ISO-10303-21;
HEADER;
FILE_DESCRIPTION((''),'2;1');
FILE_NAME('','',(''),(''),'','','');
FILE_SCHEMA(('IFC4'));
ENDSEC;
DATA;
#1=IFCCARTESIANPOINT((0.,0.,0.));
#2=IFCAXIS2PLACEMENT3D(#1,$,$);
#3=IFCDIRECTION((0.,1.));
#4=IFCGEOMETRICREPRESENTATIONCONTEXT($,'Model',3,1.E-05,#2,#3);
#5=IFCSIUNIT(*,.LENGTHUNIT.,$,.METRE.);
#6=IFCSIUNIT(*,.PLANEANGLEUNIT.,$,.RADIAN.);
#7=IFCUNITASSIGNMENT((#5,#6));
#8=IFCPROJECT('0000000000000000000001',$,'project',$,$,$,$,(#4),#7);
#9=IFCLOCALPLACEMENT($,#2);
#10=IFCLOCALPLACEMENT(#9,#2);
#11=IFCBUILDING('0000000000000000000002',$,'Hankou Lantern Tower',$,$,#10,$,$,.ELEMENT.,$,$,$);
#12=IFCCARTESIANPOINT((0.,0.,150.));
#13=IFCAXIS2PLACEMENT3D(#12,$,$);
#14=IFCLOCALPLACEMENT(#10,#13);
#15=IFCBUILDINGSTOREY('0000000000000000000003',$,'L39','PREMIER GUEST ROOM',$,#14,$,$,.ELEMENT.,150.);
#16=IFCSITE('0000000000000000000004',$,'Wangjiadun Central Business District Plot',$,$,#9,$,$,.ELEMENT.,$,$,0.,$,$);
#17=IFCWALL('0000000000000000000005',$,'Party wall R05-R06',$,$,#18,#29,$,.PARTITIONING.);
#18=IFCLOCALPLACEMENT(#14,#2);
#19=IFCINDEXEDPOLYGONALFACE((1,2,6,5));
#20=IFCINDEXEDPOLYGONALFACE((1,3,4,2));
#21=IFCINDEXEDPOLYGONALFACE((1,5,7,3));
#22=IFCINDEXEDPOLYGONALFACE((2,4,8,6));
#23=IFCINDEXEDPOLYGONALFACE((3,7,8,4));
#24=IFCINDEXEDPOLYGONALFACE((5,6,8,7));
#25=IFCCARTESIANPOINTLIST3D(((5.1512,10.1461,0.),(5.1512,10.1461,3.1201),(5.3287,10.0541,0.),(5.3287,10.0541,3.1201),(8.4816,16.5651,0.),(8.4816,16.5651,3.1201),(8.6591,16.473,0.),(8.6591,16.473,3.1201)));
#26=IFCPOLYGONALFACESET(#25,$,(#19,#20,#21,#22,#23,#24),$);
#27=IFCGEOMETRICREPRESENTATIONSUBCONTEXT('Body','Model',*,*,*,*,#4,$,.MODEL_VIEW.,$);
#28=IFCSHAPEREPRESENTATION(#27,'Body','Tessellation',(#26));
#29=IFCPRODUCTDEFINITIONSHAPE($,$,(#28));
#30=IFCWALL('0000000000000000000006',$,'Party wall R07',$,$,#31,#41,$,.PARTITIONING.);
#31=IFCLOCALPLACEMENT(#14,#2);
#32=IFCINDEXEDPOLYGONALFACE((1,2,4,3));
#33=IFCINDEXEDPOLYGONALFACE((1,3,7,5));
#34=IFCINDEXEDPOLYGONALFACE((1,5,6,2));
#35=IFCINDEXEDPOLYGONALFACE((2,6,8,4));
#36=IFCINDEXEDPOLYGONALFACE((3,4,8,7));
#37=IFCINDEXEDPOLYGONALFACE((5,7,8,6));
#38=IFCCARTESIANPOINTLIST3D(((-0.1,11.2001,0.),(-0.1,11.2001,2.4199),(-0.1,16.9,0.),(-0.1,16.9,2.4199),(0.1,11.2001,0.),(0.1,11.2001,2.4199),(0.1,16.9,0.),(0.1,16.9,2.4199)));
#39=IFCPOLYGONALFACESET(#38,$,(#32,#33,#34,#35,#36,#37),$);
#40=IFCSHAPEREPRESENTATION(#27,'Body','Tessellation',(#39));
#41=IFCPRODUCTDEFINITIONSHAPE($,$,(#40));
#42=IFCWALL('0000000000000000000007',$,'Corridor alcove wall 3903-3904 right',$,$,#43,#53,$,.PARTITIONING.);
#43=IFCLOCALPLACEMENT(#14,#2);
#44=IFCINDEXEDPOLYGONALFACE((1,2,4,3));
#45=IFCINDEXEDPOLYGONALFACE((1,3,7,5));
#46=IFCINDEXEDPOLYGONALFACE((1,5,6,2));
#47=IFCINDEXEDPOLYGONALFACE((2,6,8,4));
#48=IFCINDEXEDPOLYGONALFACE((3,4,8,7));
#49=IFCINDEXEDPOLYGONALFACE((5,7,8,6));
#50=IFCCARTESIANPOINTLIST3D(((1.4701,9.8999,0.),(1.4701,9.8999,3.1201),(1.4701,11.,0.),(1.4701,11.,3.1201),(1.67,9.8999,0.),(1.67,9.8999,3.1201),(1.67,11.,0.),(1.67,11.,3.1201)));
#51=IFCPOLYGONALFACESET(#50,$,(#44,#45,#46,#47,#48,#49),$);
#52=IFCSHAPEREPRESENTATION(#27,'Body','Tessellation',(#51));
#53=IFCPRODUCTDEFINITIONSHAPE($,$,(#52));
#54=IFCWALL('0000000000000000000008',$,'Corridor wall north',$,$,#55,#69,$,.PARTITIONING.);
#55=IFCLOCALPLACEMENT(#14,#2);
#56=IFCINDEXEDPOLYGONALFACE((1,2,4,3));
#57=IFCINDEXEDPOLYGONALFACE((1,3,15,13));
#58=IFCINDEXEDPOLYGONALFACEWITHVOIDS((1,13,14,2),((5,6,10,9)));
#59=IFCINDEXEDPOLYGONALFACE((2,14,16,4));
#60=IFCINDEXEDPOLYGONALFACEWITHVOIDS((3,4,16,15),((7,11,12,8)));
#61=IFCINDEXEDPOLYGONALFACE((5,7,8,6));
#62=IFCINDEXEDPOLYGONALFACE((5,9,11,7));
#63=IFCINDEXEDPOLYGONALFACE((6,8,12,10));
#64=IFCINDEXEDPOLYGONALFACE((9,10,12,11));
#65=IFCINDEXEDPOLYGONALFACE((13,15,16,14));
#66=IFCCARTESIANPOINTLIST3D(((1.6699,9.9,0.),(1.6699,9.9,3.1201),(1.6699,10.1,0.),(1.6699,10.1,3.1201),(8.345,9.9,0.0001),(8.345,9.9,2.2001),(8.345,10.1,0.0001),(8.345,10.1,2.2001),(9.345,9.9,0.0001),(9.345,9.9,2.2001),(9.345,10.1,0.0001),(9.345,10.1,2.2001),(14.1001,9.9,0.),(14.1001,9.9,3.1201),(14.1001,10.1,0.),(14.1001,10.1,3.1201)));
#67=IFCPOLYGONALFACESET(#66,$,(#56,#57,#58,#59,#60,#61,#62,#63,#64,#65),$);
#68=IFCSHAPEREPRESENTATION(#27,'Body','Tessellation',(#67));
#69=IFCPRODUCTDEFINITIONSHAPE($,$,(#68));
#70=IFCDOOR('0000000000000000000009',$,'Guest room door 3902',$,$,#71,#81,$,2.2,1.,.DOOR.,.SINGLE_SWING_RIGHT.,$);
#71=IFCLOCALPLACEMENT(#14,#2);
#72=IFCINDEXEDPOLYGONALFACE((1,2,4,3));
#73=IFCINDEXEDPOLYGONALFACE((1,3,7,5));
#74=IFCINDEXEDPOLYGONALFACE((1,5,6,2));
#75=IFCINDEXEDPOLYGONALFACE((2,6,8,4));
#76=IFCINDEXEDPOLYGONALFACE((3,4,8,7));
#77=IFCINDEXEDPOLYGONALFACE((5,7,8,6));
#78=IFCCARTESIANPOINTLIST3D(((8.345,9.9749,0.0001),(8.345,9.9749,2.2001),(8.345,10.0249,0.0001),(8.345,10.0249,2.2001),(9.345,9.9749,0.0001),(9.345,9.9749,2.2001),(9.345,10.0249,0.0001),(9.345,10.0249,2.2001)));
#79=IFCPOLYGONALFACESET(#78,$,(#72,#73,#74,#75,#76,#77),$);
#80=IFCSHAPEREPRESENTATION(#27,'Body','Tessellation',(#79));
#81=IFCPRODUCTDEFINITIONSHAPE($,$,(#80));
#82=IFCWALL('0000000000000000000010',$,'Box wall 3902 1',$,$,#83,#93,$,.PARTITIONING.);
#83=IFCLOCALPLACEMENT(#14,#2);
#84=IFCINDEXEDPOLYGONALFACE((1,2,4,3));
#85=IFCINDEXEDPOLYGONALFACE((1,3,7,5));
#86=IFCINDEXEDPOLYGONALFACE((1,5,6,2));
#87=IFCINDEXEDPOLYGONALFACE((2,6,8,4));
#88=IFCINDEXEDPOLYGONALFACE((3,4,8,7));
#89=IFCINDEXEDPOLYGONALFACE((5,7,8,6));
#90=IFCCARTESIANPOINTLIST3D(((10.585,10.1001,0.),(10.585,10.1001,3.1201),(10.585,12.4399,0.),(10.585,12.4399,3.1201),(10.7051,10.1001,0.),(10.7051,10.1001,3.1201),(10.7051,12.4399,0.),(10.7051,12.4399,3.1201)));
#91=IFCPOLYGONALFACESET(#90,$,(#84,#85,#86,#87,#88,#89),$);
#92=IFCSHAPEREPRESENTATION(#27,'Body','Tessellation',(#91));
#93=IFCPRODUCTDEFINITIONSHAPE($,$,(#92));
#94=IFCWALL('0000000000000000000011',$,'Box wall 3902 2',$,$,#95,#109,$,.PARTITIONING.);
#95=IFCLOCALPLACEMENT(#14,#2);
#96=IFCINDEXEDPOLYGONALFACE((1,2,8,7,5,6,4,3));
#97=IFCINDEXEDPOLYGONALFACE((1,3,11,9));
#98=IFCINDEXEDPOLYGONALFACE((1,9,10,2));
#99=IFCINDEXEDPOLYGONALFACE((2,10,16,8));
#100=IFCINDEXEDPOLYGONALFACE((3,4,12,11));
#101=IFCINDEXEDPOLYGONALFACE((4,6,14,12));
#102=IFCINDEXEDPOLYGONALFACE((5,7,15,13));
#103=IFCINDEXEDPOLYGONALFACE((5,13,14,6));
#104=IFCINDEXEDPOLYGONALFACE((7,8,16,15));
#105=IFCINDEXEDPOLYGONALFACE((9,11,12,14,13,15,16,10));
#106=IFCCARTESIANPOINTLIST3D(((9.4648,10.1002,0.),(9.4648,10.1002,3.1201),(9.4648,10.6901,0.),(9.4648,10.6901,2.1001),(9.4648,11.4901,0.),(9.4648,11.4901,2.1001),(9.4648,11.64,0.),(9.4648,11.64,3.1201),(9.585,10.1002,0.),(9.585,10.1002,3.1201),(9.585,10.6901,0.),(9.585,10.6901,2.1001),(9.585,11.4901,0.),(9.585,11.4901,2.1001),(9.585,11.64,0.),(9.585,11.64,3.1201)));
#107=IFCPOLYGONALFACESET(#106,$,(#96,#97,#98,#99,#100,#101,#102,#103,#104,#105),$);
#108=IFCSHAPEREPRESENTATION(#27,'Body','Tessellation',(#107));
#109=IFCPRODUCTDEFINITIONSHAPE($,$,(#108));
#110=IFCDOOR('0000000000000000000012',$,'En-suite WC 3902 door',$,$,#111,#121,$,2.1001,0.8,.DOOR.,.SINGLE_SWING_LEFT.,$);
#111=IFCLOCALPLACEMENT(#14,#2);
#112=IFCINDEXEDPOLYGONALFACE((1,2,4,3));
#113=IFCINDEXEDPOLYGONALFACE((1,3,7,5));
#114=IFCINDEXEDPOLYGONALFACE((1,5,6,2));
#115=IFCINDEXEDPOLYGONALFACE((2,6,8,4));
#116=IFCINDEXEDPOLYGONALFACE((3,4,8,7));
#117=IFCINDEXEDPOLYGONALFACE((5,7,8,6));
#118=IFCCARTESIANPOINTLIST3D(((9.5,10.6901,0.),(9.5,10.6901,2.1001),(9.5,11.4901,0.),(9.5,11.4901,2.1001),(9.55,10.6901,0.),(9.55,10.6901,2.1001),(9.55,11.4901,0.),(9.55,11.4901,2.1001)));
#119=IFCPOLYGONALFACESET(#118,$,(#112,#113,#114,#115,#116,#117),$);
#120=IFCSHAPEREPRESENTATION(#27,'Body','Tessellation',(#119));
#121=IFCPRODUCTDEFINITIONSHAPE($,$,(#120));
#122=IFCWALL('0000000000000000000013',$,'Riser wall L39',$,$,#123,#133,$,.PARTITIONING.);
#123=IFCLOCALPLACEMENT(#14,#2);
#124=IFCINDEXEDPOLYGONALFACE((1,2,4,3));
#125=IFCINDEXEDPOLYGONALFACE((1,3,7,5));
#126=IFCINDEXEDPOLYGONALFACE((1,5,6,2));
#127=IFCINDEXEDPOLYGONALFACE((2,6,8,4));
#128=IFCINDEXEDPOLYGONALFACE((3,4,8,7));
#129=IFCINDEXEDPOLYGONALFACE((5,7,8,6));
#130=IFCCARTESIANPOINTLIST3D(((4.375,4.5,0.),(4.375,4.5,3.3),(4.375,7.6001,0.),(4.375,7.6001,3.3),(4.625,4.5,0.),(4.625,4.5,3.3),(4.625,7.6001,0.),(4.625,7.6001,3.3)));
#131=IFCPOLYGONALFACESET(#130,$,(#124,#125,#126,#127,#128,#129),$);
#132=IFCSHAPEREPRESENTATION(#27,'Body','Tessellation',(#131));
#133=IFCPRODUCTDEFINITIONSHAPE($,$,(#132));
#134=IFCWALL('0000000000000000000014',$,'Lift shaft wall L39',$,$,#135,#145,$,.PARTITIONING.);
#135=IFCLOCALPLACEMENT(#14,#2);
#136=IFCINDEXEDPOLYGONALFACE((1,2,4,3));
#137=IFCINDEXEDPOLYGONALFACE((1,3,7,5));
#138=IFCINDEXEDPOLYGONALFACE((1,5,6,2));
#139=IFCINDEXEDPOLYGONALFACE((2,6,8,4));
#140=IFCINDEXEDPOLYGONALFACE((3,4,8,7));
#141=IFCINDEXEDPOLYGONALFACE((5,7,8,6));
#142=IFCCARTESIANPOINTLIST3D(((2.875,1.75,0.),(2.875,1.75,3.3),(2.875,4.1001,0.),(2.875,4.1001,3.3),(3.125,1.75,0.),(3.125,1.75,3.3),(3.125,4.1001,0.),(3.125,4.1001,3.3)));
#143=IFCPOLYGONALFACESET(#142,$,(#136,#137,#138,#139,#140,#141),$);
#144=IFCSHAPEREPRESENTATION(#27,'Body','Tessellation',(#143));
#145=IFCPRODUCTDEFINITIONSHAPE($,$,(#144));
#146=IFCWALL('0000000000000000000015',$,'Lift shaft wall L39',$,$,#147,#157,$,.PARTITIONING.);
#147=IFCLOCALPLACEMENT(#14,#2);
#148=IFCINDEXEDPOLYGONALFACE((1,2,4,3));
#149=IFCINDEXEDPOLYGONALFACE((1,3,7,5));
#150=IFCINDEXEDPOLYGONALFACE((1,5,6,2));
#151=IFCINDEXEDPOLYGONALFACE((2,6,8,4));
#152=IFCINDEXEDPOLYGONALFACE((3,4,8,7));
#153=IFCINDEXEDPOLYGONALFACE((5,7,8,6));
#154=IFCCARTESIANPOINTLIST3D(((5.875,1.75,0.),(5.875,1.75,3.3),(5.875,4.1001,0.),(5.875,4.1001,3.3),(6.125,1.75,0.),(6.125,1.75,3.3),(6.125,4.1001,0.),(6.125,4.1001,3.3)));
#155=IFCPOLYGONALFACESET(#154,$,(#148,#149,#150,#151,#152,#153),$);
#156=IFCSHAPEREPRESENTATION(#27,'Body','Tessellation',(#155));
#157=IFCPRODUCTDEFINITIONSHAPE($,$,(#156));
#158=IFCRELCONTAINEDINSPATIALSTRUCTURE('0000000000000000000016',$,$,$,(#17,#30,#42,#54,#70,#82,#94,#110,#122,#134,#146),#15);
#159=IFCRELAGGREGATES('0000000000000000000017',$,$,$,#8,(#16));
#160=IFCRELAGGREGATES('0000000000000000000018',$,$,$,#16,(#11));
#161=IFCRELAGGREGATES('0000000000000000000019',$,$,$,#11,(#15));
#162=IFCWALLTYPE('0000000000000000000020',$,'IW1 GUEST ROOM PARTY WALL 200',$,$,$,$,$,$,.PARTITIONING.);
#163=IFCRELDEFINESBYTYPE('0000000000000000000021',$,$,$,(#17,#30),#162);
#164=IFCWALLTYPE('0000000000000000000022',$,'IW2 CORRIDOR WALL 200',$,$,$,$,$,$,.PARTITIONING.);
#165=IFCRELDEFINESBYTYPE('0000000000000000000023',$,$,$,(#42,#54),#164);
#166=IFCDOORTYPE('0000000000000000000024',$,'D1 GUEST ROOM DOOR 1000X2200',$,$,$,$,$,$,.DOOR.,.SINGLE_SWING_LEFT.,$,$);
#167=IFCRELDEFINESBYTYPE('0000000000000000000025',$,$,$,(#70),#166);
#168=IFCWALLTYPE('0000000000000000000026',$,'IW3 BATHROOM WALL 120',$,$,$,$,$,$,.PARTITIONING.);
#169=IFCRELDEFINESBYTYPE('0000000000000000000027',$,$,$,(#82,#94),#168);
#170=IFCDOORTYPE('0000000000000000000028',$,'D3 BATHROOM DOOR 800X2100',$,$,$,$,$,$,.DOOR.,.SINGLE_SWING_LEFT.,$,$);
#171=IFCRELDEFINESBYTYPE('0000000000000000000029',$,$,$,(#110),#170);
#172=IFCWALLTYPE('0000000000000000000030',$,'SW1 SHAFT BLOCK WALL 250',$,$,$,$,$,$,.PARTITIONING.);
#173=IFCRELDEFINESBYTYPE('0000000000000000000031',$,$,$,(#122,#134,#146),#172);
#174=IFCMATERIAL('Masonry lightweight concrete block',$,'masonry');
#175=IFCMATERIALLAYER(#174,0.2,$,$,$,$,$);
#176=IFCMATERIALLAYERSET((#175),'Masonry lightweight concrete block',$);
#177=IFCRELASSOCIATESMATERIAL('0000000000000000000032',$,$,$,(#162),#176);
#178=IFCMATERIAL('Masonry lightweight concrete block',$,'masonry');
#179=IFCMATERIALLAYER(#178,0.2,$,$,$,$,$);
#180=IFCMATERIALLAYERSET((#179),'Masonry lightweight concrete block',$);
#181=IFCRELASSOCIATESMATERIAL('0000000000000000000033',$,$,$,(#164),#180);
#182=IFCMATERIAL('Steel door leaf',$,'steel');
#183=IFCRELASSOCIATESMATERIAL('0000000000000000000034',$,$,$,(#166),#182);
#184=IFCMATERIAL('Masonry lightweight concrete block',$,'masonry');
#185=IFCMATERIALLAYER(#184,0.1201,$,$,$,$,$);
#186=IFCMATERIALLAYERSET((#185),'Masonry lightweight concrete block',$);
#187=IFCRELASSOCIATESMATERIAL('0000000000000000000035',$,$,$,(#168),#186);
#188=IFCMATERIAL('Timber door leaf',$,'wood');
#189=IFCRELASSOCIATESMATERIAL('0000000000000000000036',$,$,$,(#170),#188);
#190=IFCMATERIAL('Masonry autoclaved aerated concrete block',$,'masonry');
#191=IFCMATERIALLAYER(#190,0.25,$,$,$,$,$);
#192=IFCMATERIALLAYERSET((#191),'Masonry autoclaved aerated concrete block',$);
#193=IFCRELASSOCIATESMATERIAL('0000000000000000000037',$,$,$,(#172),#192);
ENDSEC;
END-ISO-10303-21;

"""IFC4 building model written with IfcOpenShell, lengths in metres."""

from ifc_helpers import new_model, si_unit, direction, frame, frame_2d, origin, place, context, subcontext, project, spatial, rectangle, extrude, material, layer, layer_set, type_object, element, fill, save


model = new_model("IFC4")

# Units and contexts
model_context = context("Model", 3, precision=1e-05, world=origin(), true_north=direction((0.0, 1.0)))
body_context = subcontext(model_context, "Body", "Model", "MODEL_VIEW")
ifc_project = project(units=[si_unit("LENGTHUNIT", "METRE"), si_unit("PLANEANGLEUNIT", "RADIAN")], contexts=[model_context])

# Site, building, storey
site_placement = place(None, origin())
site = spatial("IfcSite", under=ifc_project, at=site_placement, Name="Wangjiadun Central Business District Plot", CompositionType="ELEMENT", RefElevation=0.0)
building_placement = place(site_placement, origin())
building = spatial("IfcBuilding", under=site, at=building_placement, Name="Hankou Lantern Tower", CompositionType="ELEMENT")
storey_placement = place(building_placement, frame((0.0, 0.0, 150.0)))
storey = spatial("IfcBuildingStorey", under=building, at=storey_placement, Name="L39", Description="PREMIER GUEST ROOM", CompositionType="ELEMENT", Elevation=150.0)

# Walls
ifc_material_1 = material(Name="Masonry lightweight concrete block", Category="masonry")
ifc_layer_1 = layer(ifc_material_1, 0.2)
ifc_layer_set_1 = layer_set([ifc_layer_1], Name="Masonry lightweight concrete block")
wall_type_1 = type_object("IfcWallType", Name="IW1 GUEST ROOM PARTY WALL 200", PredefinedType="PARTITIONING", material=ifc_layer_set_1)
wall_1_placement = place(storey_placement, frame((5.24, 10.1001, 0.0), z_axis=(0.0, 0.0, 1.0), x_axis=(0.460533, 0.887643, 0.0)))
element("IfcWall", 1, at=wall_1_placement, inside=storey, type_object=wall_type_1, Name="Party wall R05-R06", PredefinedType="PARTITIONING", context=body_context, shape_type="SweptSolid", body=[
    extrude(rectangle(XDim=7.2314, YDim=0.2, at=frame_2d((3.6157, 0.0))), origin(), (0.0, 0.0, 1.0), 3.1201),
])
wall_2_placement = place(storey_placement, frame((0.0, 11.2, 0.0), z_axis=(0.0, 0.0, 1.0), x_axis=(0.0, 1.0, 0.0)))
element("IfcWall", 2, at=wall_2_placement, inside=storey, type_object=wall_type_1, Name="Party wall R07", PredefinedType="PARTITIONING", context=body_context, shape_type="SweptSolid", body=[
    extrude(rectangle(XDim=5.7, YDim=0.2, at=frame_2d((2.8501, 0.0))), origin(), (0.0, 0.0, 1.0), 2.4199),
])
ifc_material_2 = material(Name="Masonry lightweight concrete block", Category="masonry")
ifc_layer_2 = layer(ifc_material_2, 0.2)
ifc_layer_set_2 = layer_set([ifc_layer_2], Name="Masonry lightweight concrete block")
wall_type_2 = type_object("IfcWallType", Name="IW2 CORRIDOR WALL 200", PredefinedType="PARTITIONING", material=ifc_layer_set_2)
wall_3_placement = place(storey_placement, frame((1.5701, 9.8999, 0.0), z_axis=(0.0, 0.0, 1.0), x_axis=(0.0, 1.0, 0.0)))
element("IfcWall", 3, at=wall_3_placement, inside=storey, type_object=wall_type_2, Name="Corridor alcove wall 3903-3904 right", PredefinedType="PARTITIONING", context=body_context, shape_type="SweptSolid", body=[
    extrude(rectangle(XDim=1.1001, YDim=0.2, at=frame_2d((0.55, 0.0))), origin(), (0.0, 0.0, 1.0), 3.1201),
])

# Wall, opening, door
wall_4_placement = place(storey_placement, frame((1.6699, 10.0, 0.0), z_axis=(0.0, 0.0, 1.0), x_axis=(1.0, 0.0, 0.0)))
wall_4 = element("IfcWall", 4, at=wall_4_placement, inside=storey, type_object=wall_type_2, Name="Corridor wall north", PredefinedType="PARTITIONING", context=body_context, shape_type="SweptSolid", body=[
    extrude(rectangle(XDim=12.4302, YDim=0.2, at=frame_2d((6.2151, 0.0))), origin(), (0.0, 0.0, 1.0), 3.1201),
])
opening_1_placement = place(wall_4_placement, frame((6.675, 0.0, 0.0)))
opening_1 = element("IfcOpeningElement", 5, at=opening_1_placement, cuts=wall_4, PredefinedType="OPENING", context=body_context, shape_type="SweptSolid", body=[
    extrude(rectangle(XDim=1.0, YDim=2.2, at=frame_2d((0.5, 1.1001))), frame((0.0, 0.1099, 0.0), z_axis=(0.0, -1.0, 0.0), x_axis=(1.0, 0.0, 0.0)), (0.0, 0.0, 1.0), 0.22),
])
ifc_material_3 = material(Name="Steel door leaf", Category="steel")
door_type_1 = type_object("IfcDoorType", Name="D1 GUEST ROOM DOOR 1000X2200", OperationType="SINGLE_SWING_LEFT", PredefinedType="DOOR", material=ifc_material_3)
door_1_placement = place(opening_1_placement, origin())
door_1 = element("IfcDoor", 6, at=door_1_placement, inside=storey, type_object=door_type_1, Name="Guest room door 3902", OperationType="SINGLE_SWING_RIGHT", OverallHeight=2.2, OverallWidth=1.0, PredefinedType="DOOR", context=body_context, shape_type="SweptSolid", body=[
    extrude(rectangle(XDim=1.0, YDim=2.2, at=frame_2d((0.5, 1.1001))), frame((0.0, 0.0249, 0.0), z_axis=(0.0, -1.0, 0.0), x_axis=(1.0, 0.0, 0.0)), (0.0, 0.0, 1.0), 0.05),
])
fill(opening_1, door_1)

# Wall
ifc_material_4 = material(Name="Masonry lightweight concrete block", Category="masonry")
ifc_layer_3 = layer(ifc_material_4, 0.1201)
ifc_layer_set_3 = layer_set([ifc_layer_3], Name="Masonry lightweight concrete block")
wall_type_3 = type_object("IfcWallType", Name="IW3 BATHROOM WALL 120", PredefinedType="PARTITIONING", material=ifc_layer_set_3)
wall_5_placement = place(storey_placement, frame((10.645, 10.1001, 0.0), z_axis=(0.0, 0.0, 1.0), x_axis=(0.0, 1.0, 0.0)))
element("IfcWall", 7, at=wall_5_placement, inside=storey, type_object=wall_type_3, Name="Box wall 3902 1", PredefinedType="PARTITIONING", context=body_context, shape_type="SweptSolid", body=[
    extrude(rectangle(XDim=2.3398, YDim=0.1201, at=frame_2d((1.1699, 0.0))), origin(), (0.0, 0.0, 1.0), 3.1201),
])

# Wall, opening, door
wall_6_placement = place(storey_placement, frame((9.5249, 10.1001, 0.0), z_axis=(0.0, 0.0, 1.0), x_axis=(0.0, 1.0, 0.0)))
wall_6 = element("IfcWall", 8, at=wall_6_placement, inside=storey, type_object=wall_type_3, Name="Box wall 3902 2", PredefinedType="PARTITIONING", context=body_context, shape_type="SweptSolid", body=[
    extrude(rectangle(XDim=1.5398, YDim=0.1201, at=frame_2d((0.77, 0.0))), origin(), (0.0, 0.0, 1.0), 3.1201),
])
opening_2_placement = place(wall_6_placement, frame((0.5901, 0.0, 0.0)))
opening_2 = element("IfcOpeningElement", 9, at=opening_2_placement, cuts=wall_6, PredefinedType="OPENING", context=body_context, shape_type="SweptSolid", body=[
    extrude(rectangle(XDim=0.8, YDim=2.1001, at=frame_2d((0.3999, 1.05))), frame((0.0, 0.0701, 0.0), z_axis=(0.0, -1.0, 0.0), x_axis=(1.0, 0.0, 0.0)), (0.0, 0.0, 1.0), 0.1401),
])
ifc_material_5 = material(Name="Timber door leaf", Category="wood")
door_type_2 = type_object("IfcDoorType", Name="D3 BATHROOM DOOR 800X2100", OperationType="SINGLE_SWING_LEFT", PredefinedType="DOOR", material=ifc_material_5)
door_2_placement = place(opening_2_placement, origin())
door_2 = element("IfcDoor", 10, at=door_2_placement, inside=storey, type_object=door_type_2, Name="En-suite WC 3902 door", OperationType="SINGLE_SWING_LEFT", OverallHeight=2.1001, OverallWidth=0.8, PredefinedType="DOOR", context=body_context, shape_type="SweptSolid", body=[
    extrude(rectangle(XDim=0.8, YDim=2.1001, at=frame_2d((0.3999, 1.05))), frame((0.0, 0.0249, 0.0), z_axis=(0.0, -1.0, 0.0), x_axis=(1.0, 0.0, 0.0)), (0.0, 0.0, 1.0), 0.05),
])
fill(opening_2, door_2)

# Walls
ifc_material_6 = material(Name="Masonry autoclaved aerated concrete block", Category="masonry")
ifc_layer_4 = layer(ifc_material_6, 0.25)
ifc_layer_set_4 = layer_set([ifc_layer_4], Name="Masonry autoclaved aerated concrete block")
wall_type_4 = type_object("IfcWallType", Name="SW1 SHAFT BLOCK WALL 250", PredefinedType="PARTITIONING", material=ifc_layer_set_4)
wall_7_placement = place(storey_placement, frame((4.5, 4.5, 0.0), z_axis=(0.0, 0.0, 1.0), x_axis=(0.0, 1.0, 0.0)))
element("IfcWall", 11, at=wall_7_placement, inside=storey, type_object=wall_type_4, Name="Riser wall L39", PredefinedType="PARTITIONING", context=body_context, shape_type="SweptSolid", body=[
    extrude(rectangle(XDim=3.1001, YDim=0.25, at=frame_2d((1.55, 0.0))), origin(), (0.0, 0.0, 1.0), 3.3),
])
for number, where, z_axis, x_axis, name in (
    (12, (3.0, 1.75, 0.0), (0.0, 0.0, 1.0), (0.0, 1.0, 0.0), "Lift shaft wall L39"),
    (13, (6.0, 1.75, 0.0), (0.0, 0.0, 1.0), (0.0, 1.0, 0.0), "Lift shaft wall L39"),
):
    element("IfcWall", number, at=place(storey_placement, frame(where, z_axis=z_axis, x_axis=x_axis)), inside=storey, type_object=wall_type_4, Name=name, PredefinedType="PARTITIONING", context=body_context, shape_type="SweptSolid", body=[
        extrude(rectangle(XDim=2.3501, YDim=0.25, at=frame_2d((1.175, 0.0))), origin(), (0.0, 0.0, 1.0), 3.3),
    ])

save(model, "model.ifc")
